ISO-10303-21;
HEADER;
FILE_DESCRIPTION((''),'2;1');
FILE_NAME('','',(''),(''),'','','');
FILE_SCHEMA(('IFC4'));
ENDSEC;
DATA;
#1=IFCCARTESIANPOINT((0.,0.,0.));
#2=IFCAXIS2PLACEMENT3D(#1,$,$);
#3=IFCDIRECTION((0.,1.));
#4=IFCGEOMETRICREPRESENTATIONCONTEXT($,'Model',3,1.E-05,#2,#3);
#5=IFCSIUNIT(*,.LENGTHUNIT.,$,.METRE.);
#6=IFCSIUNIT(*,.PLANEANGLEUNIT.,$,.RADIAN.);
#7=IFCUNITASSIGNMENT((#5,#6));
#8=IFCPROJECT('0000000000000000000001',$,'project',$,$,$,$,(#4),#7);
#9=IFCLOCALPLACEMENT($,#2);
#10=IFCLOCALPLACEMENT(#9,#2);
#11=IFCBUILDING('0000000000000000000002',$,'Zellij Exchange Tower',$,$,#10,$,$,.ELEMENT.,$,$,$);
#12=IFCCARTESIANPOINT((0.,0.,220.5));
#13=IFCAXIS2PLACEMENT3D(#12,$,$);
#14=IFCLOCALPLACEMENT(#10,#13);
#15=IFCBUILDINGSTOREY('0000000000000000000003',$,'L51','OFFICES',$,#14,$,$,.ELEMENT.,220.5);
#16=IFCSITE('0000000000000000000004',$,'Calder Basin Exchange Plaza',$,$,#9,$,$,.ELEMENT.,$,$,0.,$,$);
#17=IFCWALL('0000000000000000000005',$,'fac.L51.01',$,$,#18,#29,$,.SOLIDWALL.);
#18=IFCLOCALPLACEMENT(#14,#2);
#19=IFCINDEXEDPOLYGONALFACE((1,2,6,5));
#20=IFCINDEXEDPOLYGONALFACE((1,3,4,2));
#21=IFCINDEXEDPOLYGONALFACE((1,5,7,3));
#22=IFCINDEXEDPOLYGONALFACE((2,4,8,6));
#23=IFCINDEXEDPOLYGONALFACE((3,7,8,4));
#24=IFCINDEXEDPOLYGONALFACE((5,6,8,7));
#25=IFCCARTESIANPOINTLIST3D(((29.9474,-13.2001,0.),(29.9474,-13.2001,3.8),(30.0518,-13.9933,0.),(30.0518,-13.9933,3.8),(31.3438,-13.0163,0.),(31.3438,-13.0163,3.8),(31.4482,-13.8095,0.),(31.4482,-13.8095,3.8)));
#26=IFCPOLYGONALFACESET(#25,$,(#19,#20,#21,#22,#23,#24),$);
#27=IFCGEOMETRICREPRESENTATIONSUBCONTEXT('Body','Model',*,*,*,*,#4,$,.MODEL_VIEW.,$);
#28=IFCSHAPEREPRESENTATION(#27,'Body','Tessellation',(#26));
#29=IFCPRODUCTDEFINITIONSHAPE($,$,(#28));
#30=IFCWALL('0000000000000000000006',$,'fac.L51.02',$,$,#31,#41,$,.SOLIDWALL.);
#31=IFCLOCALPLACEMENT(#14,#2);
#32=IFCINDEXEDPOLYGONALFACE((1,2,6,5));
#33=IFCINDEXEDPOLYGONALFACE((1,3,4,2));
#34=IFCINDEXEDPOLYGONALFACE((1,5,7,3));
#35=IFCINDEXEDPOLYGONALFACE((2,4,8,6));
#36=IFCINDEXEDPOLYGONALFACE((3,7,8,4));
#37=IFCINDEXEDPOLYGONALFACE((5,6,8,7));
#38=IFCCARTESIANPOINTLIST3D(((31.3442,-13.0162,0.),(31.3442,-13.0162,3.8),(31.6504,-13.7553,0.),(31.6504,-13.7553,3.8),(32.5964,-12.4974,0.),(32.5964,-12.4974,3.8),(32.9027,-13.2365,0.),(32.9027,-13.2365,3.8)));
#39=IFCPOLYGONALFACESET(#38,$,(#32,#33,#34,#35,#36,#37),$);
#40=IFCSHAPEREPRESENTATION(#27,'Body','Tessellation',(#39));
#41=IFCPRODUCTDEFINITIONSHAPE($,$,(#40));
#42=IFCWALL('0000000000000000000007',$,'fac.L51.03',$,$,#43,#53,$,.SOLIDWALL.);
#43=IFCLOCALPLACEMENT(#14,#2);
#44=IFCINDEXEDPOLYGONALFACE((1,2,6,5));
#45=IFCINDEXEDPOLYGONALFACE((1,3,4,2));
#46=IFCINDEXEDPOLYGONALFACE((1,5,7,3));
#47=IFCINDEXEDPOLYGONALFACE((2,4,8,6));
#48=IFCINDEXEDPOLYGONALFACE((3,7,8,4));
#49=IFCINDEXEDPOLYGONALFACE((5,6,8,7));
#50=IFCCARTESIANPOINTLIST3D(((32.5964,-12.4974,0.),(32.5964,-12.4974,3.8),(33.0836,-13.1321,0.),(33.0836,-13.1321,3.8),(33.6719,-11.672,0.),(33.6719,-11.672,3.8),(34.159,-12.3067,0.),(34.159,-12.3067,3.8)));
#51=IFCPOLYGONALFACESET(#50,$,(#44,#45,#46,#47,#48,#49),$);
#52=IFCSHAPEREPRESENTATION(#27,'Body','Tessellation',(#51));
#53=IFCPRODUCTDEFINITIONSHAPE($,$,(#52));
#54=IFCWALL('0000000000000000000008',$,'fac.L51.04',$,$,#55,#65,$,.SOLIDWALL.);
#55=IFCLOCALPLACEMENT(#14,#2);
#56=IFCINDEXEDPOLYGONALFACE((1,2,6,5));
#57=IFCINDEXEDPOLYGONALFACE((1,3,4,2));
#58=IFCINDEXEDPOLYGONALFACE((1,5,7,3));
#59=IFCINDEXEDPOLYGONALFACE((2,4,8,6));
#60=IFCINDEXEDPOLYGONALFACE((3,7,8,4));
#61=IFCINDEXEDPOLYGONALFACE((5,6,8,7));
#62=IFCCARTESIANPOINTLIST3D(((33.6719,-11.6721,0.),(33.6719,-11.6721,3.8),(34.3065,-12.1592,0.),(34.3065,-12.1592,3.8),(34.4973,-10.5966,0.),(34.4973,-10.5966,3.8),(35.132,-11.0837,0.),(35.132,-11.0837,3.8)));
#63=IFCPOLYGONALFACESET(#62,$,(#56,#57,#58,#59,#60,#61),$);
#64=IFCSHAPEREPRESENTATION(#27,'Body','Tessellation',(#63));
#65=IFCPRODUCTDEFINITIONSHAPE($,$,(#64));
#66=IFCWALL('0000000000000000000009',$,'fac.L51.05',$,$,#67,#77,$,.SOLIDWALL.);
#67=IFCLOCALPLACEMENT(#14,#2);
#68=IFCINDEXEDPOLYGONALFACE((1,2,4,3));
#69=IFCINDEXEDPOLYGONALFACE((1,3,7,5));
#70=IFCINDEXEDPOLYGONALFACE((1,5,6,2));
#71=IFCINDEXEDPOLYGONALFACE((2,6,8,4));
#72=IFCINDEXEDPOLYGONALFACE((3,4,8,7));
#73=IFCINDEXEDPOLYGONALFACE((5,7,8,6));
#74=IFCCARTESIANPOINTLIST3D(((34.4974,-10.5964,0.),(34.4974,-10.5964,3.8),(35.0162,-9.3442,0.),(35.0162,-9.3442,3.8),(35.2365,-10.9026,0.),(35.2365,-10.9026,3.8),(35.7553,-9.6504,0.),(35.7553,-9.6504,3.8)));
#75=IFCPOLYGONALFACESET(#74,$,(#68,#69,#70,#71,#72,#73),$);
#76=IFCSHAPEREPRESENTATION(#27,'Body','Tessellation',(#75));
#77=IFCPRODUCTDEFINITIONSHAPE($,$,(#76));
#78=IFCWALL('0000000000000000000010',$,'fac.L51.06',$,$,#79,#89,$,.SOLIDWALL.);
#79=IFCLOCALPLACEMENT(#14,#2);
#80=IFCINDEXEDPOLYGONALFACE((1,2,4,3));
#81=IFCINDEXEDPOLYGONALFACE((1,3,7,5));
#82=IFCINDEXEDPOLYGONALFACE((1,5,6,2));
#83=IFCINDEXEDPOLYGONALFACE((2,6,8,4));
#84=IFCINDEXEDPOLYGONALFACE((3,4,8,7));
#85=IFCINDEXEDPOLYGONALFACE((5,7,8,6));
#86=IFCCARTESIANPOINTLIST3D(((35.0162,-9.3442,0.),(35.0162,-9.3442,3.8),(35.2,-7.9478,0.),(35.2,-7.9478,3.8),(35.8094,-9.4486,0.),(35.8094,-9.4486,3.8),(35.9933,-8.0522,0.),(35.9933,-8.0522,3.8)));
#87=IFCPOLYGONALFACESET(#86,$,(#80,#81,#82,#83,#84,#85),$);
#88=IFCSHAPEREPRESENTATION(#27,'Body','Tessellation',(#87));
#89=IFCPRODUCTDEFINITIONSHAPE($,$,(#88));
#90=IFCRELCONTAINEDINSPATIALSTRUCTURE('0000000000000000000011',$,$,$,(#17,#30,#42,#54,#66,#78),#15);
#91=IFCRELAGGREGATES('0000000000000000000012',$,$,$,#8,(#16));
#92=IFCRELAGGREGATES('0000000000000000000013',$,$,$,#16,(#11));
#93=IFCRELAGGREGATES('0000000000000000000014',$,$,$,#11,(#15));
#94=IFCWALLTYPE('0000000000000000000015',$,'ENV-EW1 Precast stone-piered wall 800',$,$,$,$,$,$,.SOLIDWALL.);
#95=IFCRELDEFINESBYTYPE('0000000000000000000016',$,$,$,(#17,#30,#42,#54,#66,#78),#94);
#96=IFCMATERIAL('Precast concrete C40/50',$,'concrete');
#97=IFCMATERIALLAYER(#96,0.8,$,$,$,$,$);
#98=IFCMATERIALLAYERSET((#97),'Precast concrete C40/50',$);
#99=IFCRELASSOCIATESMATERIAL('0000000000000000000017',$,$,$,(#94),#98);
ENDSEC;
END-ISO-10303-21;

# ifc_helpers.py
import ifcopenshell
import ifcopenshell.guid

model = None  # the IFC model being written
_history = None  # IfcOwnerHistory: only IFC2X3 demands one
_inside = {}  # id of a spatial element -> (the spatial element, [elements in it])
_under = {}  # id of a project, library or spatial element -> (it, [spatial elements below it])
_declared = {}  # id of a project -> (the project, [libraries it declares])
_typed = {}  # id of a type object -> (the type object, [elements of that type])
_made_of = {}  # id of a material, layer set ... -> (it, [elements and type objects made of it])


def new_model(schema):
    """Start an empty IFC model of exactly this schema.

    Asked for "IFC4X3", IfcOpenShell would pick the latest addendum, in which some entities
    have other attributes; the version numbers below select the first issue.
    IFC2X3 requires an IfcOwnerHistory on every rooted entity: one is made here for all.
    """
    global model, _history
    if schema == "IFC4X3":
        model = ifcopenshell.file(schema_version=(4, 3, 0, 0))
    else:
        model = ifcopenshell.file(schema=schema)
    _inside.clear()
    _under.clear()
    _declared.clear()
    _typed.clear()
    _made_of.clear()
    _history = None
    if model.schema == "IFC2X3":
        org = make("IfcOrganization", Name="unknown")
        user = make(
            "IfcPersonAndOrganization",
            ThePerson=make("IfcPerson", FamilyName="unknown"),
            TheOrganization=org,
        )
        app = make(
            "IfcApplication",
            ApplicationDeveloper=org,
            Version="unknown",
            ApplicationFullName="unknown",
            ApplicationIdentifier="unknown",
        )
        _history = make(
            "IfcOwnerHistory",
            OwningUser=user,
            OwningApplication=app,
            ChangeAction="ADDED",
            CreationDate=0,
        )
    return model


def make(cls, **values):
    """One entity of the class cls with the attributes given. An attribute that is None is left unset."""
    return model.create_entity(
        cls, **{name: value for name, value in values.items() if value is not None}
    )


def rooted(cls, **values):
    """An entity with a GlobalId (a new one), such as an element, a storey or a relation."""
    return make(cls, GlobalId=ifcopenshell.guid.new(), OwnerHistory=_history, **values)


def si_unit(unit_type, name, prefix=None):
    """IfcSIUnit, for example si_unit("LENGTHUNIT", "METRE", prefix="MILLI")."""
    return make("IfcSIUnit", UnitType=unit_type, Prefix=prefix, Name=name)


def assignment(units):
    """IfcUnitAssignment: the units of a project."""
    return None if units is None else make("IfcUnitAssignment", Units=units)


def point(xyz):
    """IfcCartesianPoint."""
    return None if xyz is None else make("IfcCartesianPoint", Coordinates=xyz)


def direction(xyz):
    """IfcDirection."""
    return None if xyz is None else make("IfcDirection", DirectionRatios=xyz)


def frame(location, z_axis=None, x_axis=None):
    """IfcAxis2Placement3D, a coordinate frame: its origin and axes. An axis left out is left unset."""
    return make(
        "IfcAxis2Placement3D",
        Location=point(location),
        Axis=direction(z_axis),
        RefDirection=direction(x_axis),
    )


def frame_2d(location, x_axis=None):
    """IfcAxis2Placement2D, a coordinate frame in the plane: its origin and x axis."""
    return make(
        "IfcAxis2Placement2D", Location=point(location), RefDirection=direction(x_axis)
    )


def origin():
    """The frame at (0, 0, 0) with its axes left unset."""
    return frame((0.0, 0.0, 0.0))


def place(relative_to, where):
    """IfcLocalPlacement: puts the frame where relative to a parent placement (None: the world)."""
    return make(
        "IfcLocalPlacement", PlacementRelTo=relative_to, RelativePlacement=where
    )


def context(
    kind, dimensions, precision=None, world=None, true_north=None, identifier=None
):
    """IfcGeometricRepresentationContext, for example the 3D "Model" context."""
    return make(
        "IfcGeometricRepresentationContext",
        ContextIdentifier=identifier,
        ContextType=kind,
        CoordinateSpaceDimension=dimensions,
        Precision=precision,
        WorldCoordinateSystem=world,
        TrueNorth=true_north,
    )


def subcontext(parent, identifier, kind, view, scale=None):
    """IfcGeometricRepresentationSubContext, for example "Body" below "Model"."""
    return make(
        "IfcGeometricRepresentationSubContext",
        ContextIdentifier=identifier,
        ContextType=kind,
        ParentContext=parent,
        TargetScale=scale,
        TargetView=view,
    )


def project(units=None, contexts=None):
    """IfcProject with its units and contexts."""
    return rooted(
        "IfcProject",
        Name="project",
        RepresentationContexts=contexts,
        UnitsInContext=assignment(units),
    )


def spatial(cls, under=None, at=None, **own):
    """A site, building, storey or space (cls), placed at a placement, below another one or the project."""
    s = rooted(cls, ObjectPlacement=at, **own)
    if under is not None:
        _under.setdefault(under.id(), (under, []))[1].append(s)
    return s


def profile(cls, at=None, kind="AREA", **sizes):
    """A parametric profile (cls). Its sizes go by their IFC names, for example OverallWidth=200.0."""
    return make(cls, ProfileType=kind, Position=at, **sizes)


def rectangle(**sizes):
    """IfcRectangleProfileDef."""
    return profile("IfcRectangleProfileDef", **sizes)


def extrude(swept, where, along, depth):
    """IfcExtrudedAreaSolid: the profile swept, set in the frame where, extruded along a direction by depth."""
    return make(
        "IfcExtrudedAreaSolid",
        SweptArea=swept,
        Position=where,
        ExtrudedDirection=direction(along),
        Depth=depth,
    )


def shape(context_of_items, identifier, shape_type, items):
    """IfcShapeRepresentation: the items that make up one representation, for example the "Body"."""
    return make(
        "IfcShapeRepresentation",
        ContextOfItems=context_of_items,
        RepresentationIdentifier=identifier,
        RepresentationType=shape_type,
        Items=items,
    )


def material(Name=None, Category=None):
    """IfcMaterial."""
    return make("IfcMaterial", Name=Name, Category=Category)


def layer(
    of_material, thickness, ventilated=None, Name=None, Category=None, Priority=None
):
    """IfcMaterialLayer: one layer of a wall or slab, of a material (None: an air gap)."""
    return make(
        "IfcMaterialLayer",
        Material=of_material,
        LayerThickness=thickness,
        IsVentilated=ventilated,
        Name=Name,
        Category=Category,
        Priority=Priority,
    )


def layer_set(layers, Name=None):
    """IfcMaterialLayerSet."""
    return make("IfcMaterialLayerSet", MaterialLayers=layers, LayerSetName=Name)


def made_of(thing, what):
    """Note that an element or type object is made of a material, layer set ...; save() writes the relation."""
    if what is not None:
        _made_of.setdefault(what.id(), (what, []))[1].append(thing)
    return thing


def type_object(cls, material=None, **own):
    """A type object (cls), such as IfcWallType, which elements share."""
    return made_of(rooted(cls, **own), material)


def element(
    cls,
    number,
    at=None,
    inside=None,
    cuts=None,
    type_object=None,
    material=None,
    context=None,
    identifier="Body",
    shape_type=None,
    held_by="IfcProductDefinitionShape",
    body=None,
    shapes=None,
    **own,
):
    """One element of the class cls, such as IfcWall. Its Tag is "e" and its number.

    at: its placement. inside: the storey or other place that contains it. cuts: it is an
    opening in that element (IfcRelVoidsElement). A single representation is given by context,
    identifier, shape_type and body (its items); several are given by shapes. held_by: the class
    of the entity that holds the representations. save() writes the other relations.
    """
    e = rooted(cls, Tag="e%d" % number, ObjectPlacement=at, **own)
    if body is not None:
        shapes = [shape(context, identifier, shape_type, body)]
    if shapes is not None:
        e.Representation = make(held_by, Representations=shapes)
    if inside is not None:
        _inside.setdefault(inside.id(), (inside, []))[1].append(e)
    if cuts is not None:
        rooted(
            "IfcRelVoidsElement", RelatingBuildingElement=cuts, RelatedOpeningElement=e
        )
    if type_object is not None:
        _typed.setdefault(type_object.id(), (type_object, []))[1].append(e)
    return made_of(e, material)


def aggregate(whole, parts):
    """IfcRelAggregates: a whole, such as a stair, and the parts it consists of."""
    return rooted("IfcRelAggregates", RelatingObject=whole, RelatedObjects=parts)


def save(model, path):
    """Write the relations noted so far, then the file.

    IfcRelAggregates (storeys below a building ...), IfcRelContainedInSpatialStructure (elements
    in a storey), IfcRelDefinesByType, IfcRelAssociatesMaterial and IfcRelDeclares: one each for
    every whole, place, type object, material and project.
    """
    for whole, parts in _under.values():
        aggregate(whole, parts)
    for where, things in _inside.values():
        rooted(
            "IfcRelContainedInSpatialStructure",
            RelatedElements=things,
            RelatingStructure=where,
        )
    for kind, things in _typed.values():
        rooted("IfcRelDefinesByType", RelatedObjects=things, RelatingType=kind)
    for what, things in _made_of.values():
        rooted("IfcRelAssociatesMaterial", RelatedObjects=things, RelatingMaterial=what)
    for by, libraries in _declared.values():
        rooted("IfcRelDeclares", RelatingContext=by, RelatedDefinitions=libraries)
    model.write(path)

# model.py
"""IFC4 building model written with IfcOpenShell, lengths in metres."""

from ifc_helpers import new_model, si_unit, direction, frame, frame_2d, origin, place, context, subcontext, project, spatial, rectangle, extrude, material, layer, layer_set, type_object, element, save


model = new_model("IFC4")

# Units and contexts
model_context = context("Model", 3, precision=1e-05, world=origin(), true_north=direction((0.0, 1.0)))
body_context = subcontext(model_context, "Body", "Model", "MODEL_VIEW")
ifc_project = project(units=[si_unit("LENGTHUNIT", "METRE"), si_unit("PLANEANGLEUNIT", "RADIAN")], contexts=[model_context])

# Site, building, storey
site_placement = place(None, origin())
site = spatial("IfcSite", under=ifc_project, at=site_placement, Name="Calder Basin Exchange Plaza", CompositionType="ELEMENT", RefElevation=0.0)
building_placement = place(site_placement, origin())
building = spatial("IfcBuilding", under=site, at=building_placement, Name="Zellij Exchange Tower", CompositionType="ELEMENT")
storey_placement = place(building_placement, frame((0.0, 0.0, 220.5)))
storey = spatial("IfcBuildingStorey", under=building, at=storey_placement, Name="L51", Description="OFFICES", CompositionType="ELEMENT", Elevation=220.5)

# Walls
ifc_material_1 = material(Name="Precast concrete C40/50", Category="concrete")
ifc_layer_1 = layer(ifc_material_1, 0.8)
ifc_layer_set_1 = layer_set([ifc_layer_1], Name="Precast concrete C40/50")
wall_type_1 = type_object("IfcWallType", Name="ENV-EW1 Precast stone-piered wall 800", PredefinedType="SOLIDWALL", material=ifc_layer_set_1)
wall_1_placement = place(storey_placement, frame((29.9998, -13.5967, 0.0), z_axis=(0.0, 0.0, 1.0), x_axis=(0.991446, 0.130517, 0.0)))
element("IfcWall", 1, at=wall_1_placement, inside=storey, type_object=wall_type_1, Name="fac.L51.01", PredefinedType="SOLIDWALL", context=body_context, shape_type="SweptSolid", body=[
    extrude(rectangle(XDim=1.4084, YDim=0.8, at=frame_2d((0.7041, 0.0))), origin(), (0.0, 0.0, 1.0), 3.8),
])
wall_2_placement = place(storey_placement, frame((31.4973, -13.3857, 0.0), z_axis=(0.0, 0.0, 1.0), x_axis=(0.923848, 0.38276, 0.0)))
element("IfcWall", 2, at=wall_2_placement, inside=storey, type_object=wall_type_1, Name="fac.L51.02", PredefinedType="SOLIDWALL", context=body_context, shape_type="SweptSolid", body=[
    extrude(rectangle(XDim=1.3555, YDim=0.8, at=frame_2d((0.6777, 0.0))), origin(), (0.0, 0.0, 1.0), 3.8),
])
for number, where, z_axis, x_axis, name in (
    (3, (32.8401, -12.8147, 0.0), (0.0, 0.0, 1.0), (0.793273, 0.608866, 0.0), "fac.L51.03"),
    (4, (33.9893, -11.9155, 0.0), (0.0, 0.0, 1.0), (0.608866, 0.793273, 0.0), "fac.L51.04"),
):
    element("IfcWall", number, at=place(storey_placement, frame(where, z_axis=z_axis, x_axis=x_axis)), inside=storey, type_object=wall_type_1, Name=name, PredefinedType="SOLIDWALL", context=body_context, shape_type="SweptSolid", body=[
        extrude(rectangle(XDim=1.3557, YDim=0.8, at=frame_2d((0.6777, 0.0))), origin(), (0.0, 0.0, 1.0), 3.8),
    ])
wall_3_placement = place(storey_placement, frame((34.8669, -10.7495, 0.0), z_axis=(0.0, 0.0, 1.0), x_axis=(0.38276, 0.923848, 0.0)))
element("IfcWall", 5, at=wall_3_placement, inside=storey, type_object=wall_type_1, Name="fac.L51.05", PredefinedType="SOLIDWALL", context=body_context, shape_type="SweptSolid", body=[
    extrude(rectangle(XDim=1.3555, YDim=0.8, at=frame_2d((0.6777, 0.0))), origin(), (0.0, 0.0, 1.0), 3.8),
])
wall_4_placement = place(storey_placement, frame((35.4128, -9.3962, 0.0), z_axis=(0.0, 0.0, 1.0), x_axis=(0.130517, 0.991446, 0.0)))
element("IfcWall", 6, at=wall_4_placement, inside=storey, type_object=wall_type_1, Name="fac.L51.06", PredefinedType="SOLIDWALL", context=body_context, shape_type="SweptSolid", body=[
    extrude(rectangle(XDim=1.4084, YDim=0.8, at=frame_2d((0.7041, 0.0))), origin(), (0.0, 0.0, 1.0), 3.8),
])

save(model, "model.ifc")
